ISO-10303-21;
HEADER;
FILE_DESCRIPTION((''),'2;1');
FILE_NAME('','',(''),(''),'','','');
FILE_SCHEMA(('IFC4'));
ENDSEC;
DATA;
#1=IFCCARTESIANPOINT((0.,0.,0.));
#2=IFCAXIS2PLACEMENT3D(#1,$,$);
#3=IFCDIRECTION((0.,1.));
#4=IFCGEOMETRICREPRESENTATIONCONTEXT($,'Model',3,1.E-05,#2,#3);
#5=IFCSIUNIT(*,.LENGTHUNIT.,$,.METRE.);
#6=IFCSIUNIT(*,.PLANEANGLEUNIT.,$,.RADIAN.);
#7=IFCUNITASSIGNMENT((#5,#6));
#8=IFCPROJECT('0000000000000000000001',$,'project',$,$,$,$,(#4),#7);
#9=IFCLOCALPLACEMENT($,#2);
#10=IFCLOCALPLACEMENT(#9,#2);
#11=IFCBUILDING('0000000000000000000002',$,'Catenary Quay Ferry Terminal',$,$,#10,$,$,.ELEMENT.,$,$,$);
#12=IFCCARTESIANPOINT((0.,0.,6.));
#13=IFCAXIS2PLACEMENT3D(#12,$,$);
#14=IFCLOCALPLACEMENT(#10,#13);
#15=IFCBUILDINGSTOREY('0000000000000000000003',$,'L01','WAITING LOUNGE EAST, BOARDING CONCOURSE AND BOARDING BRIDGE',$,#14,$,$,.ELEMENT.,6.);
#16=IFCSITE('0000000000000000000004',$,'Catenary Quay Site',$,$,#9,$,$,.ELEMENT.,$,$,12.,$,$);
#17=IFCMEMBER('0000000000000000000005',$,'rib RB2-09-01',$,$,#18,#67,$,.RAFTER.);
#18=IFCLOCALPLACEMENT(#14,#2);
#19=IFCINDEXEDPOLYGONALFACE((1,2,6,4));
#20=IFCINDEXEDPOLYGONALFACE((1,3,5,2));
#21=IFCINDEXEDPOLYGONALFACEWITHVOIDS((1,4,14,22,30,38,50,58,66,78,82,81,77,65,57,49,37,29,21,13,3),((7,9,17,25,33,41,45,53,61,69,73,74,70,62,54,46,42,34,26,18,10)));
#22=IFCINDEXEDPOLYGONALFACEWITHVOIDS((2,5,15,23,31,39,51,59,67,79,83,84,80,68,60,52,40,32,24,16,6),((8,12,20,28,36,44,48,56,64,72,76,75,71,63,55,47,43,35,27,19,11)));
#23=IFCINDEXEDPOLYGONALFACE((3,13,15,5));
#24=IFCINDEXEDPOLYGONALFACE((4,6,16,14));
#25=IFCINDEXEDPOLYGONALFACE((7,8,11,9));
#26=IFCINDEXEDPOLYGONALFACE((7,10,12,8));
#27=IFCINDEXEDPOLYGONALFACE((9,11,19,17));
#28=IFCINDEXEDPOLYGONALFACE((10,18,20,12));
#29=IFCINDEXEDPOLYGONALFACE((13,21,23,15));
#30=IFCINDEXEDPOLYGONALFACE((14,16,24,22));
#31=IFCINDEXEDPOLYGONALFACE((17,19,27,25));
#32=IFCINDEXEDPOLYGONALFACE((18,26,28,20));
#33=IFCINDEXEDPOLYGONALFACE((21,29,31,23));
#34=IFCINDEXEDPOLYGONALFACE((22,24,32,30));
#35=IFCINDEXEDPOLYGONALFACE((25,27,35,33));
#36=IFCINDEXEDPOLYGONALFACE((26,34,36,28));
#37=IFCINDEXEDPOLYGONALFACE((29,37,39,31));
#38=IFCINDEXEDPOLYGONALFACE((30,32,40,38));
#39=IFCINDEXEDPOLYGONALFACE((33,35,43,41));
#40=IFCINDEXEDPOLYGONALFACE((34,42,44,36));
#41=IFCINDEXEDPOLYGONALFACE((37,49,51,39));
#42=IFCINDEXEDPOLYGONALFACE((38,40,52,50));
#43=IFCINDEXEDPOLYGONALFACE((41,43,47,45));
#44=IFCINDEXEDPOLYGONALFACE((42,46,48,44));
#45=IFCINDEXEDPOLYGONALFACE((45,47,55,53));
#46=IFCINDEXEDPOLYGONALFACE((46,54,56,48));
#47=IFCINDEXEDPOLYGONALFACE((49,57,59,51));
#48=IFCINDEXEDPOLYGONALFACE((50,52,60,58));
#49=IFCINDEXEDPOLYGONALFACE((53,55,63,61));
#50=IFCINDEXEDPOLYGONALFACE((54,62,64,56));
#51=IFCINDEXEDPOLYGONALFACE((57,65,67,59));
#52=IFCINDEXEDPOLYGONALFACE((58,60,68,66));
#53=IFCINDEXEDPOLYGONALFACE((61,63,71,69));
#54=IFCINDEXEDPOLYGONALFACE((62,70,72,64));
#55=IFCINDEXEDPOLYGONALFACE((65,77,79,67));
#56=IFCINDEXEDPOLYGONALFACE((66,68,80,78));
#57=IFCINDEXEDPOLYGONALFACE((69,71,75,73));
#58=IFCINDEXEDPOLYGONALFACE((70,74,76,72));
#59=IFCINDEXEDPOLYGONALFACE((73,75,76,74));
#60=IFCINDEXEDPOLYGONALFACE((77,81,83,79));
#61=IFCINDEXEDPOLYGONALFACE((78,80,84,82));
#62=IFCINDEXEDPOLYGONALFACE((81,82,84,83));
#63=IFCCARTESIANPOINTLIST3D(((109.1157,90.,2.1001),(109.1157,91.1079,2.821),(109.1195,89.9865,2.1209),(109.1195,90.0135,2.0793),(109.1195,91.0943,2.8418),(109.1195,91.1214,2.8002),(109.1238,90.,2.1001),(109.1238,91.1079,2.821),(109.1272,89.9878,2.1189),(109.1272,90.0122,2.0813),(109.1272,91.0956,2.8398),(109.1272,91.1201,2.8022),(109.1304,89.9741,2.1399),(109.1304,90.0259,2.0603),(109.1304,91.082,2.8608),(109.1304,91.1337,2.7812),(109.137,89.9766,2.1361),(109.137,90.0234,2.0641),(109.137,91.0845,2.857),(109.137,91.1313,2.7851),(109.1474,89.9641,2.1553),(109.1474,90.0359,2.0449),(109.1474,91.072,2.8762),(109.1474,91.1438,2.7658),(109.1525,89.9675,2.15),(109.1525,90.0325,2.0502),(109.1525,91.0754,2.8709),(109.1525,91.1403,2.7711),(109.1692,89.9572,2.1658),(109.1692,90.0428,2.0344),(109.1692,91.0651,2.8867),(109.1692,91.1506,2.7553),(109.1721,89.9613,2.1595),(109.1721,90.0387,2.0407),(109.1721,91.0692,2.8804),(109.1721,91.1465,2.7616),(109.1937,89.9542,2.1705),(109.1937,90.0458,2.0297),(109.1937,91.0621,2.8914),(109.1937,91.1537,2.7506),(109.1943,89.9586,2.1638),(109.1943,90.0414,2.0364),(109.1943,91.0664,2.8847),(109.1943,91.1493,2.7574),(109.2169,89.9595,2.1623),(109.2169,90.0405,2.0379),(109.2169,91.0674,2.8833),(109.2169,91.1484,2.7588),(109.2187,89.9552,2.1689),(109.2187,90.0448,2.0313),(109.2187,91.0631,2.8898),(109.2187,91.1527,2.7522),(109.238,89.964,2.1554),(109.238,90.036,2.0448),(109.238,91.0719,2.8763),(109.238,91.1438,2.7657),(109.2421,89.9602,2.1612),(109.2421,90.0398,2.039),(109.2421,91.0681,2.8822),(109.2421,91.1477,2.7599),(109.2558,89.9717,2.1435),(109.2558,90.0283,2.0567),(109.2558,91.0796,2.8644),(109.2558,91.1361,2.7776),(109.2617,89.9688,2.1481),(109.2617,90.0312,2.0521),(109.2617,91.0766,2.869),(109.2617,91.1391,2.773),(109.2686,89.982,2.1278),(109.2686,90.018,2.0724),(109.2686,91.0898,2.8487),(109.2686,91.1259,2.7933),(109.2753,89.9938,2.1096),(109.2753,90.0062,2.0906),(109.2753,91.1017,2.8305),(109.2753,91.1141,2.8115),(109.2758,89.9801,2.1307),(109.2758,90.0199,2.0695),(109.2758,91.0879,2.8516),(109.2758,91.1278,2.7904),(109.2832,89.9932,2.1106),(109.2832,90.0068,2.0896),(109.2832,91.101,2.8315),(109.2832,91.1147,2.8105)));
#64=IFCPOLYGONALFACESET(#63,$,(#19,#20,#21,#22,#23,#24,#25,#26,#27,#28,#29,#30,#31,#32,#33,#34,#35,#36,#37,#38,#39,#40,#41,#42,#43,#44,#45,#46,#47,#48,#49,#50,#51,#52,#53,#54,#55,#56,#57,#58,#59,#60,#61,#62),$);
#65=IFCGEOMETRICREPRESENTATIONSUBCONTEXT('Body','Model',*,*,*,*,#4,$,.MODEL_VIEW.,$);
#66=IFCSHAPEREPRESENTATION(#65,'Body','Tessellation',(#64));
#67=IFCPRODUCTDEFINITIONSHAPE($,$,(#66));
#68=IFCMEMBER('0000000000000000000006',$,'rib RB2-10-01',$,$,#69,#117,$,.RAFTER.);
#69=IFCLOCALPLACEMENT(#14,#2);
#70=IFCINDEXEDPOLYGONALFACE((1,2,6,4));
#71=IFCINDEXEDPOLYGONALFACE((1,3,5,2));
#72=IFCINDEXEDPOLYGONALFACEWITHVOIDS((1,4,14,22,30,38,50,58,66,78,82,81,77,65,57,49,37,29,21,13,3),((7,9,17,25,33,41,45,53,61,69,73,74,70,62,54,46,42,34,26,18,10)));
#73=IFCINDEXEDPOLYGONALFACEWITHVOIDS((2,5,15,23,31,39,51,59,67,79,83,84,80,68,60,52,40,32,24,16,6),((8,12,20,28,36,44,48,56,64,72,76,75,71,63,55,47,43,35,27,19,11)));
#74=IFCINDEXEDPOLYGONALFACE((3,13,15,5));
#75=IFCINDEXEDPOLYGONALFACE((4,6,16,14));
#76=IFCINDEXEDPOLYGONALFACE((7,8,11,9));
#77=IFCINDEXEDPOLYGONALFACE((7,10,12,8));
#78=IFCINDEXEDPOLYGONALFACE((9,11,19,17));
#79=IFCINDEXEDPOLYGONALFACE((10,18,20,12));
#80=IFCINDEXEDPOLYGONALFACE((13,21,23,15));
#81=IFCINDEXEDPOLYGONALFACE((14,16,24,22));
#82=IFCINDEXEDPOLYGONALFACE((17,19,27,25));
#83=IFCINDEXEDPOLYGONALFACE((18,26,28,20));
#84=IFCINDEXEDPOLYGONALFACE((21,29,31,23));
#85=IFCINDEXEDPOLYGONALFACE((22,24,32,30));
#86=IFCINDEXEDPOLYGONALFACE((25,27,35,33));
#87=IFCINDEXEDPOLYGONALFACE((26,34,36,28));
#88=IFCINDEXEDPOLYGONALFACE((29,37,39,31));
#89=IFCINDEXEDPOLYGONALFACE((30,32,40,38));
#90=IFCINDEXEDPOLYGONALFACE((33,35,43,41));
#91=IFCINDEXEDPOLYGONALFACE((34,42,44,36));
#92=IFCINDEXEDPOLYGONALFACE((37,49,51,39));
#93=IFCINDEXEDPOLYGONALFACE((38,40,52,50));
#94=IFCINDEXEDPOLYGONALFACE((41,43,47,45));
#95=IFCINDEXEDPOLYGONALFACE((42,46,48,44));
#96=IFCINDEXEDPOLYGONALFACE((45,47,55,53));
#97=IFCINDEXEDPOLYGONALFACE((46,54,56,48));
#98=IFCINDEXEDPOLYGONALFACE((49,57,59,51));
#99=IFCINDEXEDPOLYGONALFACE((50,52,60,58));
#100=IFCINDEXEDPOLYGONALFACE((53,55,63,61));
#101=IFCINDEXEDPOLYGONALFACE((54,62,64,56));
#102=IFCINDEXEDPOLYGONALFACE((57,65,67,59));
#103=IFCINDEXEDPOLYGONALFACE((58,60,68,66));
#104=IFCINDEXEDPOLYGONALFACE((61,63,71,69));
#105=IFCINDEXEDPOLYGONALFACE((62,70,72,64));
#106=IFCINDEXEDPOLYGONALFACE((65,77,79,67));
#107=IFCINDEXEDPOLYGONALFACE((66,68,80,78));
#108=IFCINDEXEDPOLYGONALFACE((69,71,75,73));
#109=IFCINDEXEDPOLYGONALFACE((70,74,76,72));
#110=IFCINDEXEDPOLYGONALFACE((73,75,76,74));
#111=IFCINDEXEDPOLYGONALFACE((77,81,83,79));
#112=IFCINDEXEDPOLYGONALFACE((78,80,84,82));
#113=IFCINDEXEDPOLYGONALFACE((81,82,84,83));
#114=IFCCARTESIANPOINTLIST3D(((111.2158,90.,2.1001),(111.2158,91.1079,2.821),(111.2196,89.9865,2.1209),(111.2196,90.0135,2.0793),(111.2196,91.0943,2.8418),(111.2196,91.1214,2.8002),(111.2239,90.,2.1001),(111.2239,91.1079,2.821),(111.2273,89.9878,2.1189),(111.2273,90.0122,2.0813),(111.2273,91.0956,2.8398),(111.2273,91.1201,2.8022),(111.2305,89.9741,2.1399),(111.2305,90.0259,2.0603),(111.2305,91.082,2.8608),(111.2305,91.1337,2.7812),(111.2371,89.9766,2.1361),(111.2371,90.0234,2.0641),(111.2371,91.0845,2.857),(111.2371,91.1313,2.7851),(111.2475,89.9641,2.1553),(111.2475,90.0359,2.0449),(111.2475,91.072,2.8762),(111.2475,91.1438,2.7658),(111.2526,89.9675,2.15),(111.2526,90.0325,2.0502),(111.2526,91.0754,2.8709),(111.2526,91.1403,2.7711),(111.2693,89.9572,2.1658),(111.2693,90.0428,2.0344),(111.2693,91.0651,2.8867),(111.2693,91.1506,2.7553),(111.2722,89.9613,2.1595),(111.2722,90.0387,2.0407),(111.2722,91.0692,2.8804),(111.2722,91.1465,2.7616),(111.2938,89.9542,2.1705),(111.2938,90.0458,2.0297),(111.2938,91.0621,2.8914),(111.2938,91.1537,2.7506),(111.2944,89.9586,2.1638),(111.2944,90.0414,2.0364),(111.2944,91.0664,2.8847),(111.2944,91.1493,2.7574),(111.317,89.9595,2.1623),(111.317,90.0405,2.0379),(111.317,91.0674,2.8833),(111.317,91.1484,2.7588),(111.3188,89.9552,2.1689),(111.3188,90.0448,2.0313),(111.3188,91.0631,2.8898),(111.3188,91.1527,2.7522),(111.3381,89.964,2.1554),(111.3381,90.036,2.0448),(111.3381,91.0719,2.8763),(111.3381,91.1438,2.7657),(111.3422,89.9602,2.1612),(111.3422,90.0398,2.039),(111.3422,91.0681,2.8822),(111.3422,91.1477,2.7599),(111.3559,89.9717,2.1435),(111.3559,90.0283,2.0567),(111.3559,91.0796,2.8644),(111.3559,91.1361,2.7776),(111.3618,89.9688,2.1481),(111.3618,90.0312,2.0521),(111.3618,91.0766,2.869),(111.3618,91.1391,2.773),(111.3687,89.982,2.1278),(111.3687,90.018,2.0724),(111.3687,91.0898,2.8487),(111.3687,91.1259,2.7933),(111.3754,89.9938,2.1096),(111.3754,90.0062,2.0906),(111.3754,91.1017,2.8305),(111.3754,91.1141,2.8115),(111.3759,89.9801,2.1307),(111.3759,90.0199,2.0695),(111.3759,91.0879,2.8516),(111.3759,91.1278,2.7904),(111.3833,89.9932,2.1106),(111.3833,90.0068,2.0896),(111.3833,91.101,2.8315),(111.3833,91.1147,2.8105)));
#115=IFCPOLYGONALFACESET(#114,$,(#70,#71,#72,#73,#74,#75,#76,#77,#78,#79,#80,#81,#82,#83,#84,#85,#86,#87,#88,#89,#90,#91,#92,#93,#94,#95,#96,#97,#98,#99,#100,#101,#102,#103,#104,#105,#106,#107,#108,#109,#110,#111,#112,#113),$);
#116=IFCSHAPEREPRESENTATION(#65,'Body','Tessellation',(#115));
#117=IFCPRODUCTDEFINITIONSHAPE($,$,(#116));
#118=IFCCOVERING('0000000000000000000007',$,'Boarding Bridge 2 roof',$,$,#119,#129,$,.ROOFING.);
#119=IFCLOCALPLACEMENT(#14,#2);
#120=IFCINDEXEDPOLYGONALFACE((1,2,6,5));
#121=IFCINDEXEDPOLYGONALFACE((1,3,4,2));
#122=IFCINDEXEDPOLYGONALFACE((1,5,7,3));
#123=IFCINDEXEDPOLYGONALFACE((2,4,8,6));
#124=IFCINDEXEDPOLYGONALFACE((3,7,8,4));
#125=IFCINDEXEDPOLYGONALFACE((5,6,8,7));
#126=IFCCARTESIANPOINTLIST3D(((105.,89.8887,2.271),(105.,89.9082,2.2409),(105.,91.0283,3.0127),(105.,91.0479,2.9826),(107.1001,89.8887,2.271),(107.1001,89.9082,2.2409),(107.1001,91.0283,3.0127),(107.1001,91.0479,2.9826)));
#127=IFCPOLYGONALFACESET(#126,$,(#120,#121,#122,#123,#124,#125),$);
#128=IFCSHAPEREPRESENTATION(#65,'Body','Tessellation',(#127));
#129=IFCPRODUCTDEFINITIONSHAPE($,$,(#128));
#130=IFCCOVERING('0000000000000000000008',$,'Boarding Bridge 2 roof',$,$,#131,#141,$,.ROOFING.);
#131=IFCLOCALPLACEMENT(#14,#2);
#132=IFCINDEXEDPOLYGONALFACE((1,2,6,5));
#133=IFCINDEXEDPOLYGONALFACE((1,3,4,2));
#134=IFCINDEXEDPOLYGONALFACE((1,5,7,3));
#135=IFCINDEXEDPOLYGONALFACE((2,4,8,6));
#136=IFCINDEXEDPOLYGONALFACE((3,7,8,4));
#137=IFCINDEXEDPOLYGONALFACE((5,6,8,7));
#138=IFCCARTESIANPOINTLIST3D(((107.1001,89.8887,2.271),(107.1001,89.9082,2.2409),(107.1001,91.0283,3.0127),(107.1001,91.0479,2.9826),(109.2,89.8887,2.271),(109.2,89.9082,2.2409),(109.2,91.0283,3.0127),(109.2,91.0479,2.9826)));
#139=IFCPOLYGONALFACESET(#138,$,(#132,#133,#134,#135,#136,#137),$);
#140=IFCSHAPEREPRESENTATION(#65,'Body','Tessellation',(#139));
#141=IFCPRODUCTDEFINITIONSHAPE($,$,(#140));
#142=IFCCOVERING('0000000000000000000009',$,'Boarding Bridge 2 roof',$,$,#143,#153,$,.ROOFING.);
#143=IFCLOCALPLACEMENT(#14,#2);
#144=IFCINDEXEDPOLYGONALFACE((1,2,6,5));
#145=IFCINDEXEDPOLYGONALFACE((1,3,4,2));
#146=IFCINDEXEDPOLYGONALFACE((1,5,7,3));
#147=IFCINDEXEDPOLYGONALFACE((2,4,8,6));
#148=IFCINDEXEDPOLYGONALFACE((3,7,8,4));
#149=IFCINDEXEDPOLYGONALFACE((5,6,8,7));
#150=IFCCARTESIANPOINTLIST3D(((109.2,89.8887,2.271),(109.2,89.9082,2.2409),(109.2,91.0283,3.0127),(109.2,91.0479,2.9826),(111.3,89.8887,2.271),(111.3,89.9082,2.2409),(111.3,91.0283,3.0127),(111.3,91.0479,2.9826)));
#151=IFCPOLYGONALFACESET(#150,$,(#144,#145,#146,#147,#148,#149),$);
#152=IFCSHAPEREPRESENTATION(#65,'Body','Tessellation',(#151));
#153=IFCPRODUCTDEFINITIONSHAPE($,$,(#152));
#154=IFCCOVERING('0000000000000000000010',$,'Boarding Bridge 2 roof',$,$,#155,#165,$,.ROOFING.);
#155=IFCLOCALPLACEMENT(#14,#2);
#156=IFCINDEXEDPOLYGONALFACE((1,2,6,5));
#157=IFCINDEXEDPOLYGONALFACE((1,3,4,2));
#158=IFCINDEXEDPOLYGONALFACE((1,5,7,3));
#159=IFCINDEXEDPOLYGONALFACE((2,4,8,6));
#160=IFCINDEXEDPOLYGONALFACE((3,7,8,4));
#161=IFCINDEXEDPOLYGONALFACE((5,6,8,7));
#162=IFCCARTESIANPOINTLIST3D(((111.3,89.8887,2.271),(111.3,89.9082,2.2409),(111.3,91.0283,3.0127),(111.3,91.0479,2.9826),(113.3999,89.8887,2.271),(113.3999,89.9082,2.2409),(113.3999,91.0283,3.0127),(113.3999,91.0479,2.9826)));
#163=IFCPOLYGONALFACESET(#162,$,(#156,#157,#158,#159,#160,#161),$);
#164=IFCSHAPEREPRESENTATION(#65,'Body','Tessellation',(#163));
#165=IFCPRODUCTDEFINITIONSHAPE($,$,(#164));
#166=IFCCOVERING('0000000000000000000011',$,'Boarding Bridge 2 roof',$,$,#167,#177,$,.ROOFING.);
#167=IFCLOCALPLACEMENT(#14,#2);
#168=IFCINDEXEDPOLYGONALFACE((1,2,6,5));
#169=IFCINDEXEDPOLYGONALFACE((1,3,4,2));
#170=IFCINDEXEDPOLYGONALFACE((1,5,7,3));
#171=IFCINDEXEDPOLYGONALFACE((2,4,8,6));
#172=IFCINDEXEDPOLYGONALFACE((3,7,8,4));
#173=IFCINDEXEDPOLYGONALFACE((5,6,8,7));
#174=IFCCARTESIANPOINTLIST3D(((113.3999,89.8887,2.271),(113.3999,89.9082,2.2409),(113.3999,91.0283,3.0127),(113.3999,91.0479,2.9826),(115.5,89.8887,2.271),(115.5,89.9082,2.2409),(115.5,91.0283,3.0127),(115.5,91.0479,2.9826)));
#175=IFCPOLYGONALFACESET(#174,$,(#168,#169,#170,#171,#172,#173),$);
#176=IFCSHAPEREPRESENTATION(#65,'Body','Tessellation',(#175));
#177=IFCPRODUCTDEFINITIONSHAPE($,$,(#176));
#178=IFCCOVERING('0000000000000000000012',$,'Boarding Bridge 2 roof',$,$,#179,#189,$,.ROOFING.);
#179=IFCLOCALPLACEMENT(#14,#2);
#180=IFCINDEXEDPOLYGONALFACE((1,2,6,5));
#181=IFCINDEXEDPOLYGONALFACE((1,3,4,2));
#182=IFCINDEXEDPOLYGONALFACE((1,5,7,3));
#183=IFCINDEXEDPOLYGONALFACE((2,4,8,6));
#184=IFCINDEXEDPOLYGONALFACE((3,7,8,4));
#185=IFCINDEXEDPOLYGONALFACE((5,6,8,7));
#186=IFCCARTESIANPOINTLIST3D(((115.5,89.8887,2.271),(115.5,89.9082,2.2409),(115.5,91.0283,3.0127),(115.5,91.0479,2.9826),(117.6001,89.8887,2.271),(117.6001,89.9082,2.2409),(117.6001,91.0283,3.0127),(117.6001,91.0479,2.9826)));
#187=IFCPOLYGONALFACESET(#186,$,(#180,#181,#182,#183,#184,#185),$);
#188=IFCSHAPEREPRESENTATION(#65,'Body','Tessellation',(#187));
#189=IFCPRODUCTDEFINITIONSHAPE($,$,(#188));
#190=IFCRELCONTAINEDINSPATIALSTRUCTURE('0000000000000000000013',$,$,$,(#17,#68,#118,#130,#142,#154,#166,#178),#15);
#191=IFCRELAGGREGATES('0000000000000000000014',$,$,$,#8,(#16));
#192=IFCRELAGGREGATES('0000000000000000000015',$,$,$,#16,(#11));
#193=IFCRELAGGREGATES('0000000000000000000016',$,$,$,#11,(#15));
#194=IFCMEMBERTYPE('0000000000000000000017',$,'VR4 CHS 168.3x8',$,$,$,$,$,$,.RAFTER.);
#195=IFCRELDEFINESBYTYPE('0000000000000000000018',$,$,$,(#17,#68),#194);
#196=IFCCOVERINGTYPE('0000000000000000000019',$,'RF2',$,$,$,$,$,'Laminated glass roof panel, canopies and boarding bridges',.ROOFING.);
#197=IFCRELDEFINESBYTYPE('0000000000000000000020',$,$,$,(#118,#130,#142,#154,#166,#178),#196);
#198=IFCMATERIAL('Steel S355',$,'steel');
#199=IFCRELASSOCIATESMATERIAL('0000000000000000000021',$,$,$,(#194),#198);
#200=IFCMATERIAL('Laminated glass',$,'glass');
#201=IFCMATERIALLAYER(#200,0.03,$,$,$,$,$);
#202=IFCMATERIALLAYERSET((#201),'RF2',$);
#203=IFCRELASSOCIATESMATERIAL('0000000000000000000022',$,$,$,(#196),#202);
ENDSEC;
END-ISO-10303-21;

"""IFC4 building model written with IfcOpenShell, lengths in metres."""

from ifc_helpers import new_model, si_unit, direction, frame, origin, origin_2d, place, context, subcontext, project, spatial, polyline, hollow_circle, outline, extrude, material, layer, layer_set, material_profile, profile_set, type_object, element, save


model = new_model("IFC4")

# Units and contexts
model_context = context("Model", 3, precision=1e-05, world=origin(), true_north=direction((0.0, 1.0)))
body_context = subcontext(model_context, "Body", "Model", "MODEL_VIEW")
ifc_project = project(units=[si_unit("LENGTHUNIT", "METRE"), si_unit("PLANEANGLEUNIT", "RADIAN")], contexts=[model_context])

# Site, building, storey
site_placement = place(None, origin())
site = spatial("IfcSite", under=ifc_project, at=site_placement, Name="Catenary Quay Site", CompositionType="ELEMENT", RefElevation=12.0)
building_placement = place(site_placement, origin())
building = spatial("IfcBuilding", under=site, at=building_placement, Name="Catenary Quay Ferry Terminal", CompositionType="ELEMENT")
storey_placement = place(building_placement, frame((0.0, 0.0, 6.0)))
storey = spatial("IfcBuildingStorey", under=building, at=storey_placement, Name="L01", Description="WAITING LOUNGE EAST, BOARDING CONCOURSE AND BOARDING BRIDGE", CompositionType="ELEMENT", Elevation=6.0)

# Members
ifc_material_1 = material(Name="Steel S355", Category="steel")
ifc_material_profile_1 = material_profile(ifc_material_1, hollow_circle(Radius=0.0842, WallThickness=0.0081, at=origin_2d()), Name="CHS 168.3x8")
ifc_profile_set_1 = profile_set([ifc_material_profile_1], Name="Steel S355")
member_type_1 = type_object("IfcMemberType", Name="VR4 CHS 168.3x8", PredefinedType="RAFTER", material=ifc_profile_set_1)
for number, where, z_axis, x_axis, name in (
    (1, (109.2, 90.0, 2.1001), (0.0, 0.838165, 0.545417), (-1.0, 0.0, 0.0), "rib RB2-09-01"),
    (2, (111.3, 90.0, 2.1001), (0.0, 0.838165, 0.545417), (-1.0, 0.0, 0.0), "rib RB2-10-01"),
):
    element("IfcMember", number, at=place(storey_placement, frame(where, z_axis=z_axis, x_axis=x_axis)), inside=storey, type_object=member_type_1, Name=name, PredefinedType="RAFTER", context=body_context, shape_type="SweptSolid", body=[
        extrude(hollow_circle(Radius=0.0842, WallThickness=0.0081, at=origin_2d()), origin(), (0.0, 0.0, 1.0), 1.3218),
    ])

# Coverings
ifc_material_2 = material(Name="Laminated glass", Category="glass")
ifc_layer = layer(ifc_material_2, 0.03)
ifc_layer_set = layer_set([ifc_layer], Name="RF2")
covering_type = type_object("IfcCoveringType", Name="RF2", ElementType="Laminated glass roof panel, canopies and boarding bridges", PredefinedType="ROOFING", material=ifc_layer_set)
covering_1_placement = place(storey_placement, frame((105.0, 89.8887, 2.271), z_axis=(0.0, -0.545468, 0.838132), x_axis=(1.0, 0.0, 0.0)))
element("IfcCovering", 3, at=covering_1_placement, inside=storey, type_object=covering_type, Name="Boarding Bridge 2 roof", PredefinedType="ROOFING", context=body_context, shape_type="SweptSolid", body=[
    extrude(outline(polyline([(0.0, 0.0), (2.1001, 0.0), (2.1001, 1.3597), (0.0, 1.3597), (0.0, 0.0)])), origin(), (0.0, 0.0, -1.0), 0.0359),
])
covering_2_placement = place(storey_placement, frame((107.1001, 89.8887, 2.271), z_axis=(0.0, -0.545468, 0.838132), x_axis=(1.0, 0.0, 0.0)))
element("IfcCovering", 4, at=covering_2_placement, inside=storey, type_object=covering_type, Name="Boarding Bridge 2 roof", PredefinedType="ROOFING", context=body_context, shape_type="SweptSolid", body=[
    extrude(outline(polyline([(0.0, 0.0), (2.0999, 0.0), (2.0999, 1.3597), (0.0, 1.3597), (0.0, 0.0)])), origin(), (0.0, 0.0, -1.0), 0.0359),
])
covering_3_placement = place(storey_placement, frame((109.2, 89.8887, 2.271), z_axis=(0.0, -0.545468, 0.838132), x_axis=(1.0, 0.0, 0.0)))
element("IfcCovering", 5, at=covering_3_placement, inside=storey, type_object=covering_type, Name="Boarding Bridge 2 roof", PredefinedType="ROOFING", context=body_context, shape_type="SweptSolid", body=[
    extrude(outline(polyline([(0.0, 0.0), (2.1001, 0.0), (2.1001, 1.3597), (0.0, 1.3597), (0.0, 0.0)])), origin(), (0.0, 0.0, -1.0), 0.0359),
])
covering_4_placement = place(storey_placement, frame((111.3, 89.8887, 2.271), z_axis=(0.0, -0.545468, 0.838132), x_axis=(1.0, 0.0, 0.0)))
element("IfcCovering", 6, at=covering_4_placement, inside=storey, type_object=covering_type, Name="Boarding Bridge 2 roof", PredefinedType="ROOFING", context=body_context, shape_type="SweptSolid", body=[
    extrude(outline(polyline([(0.0, 0.0), (2.0999, 0.0), (2.0999, 1.3597), (0.0, 1.3597), (0.0, 0.0)])), origin(), (0.0, 0.0, -1.0), 0.0359),
])
for number, where, z_axis, x_axis, name in (
    (7, (113.3999, 89.8887, 2.271), (0.0, -0.545468, 0.838132), (1.0, 0.0, 0.0), "Boarding Bridge 2 roof"),
    (8, (115.5, 89.8887, 2.271), (0.0, -0.545468, 0.838132), (1.0, 0.0, 0.0), "Boarding Bridge 2 roof"),
):
    element("IfcCovering", number, at=place(storey_placement, frame(where, z_axis=z_axis, x_axis=x_axis)), inside=storey, type_object=covering_type, Name=name, PredefinedType="ROOFING", context=body_context, shape_type="SweptSolid", body=[
        extrude(outline(polyline([(0.0, 0.0), (2.1001, 0.0), (2.1001, 1.3597), (0.0, 1.3597), (0.0, 0.0)])), origin(), (0.0, 0.0, -1.0), 0.0359),
    ])

save(model, "model.ifc")
